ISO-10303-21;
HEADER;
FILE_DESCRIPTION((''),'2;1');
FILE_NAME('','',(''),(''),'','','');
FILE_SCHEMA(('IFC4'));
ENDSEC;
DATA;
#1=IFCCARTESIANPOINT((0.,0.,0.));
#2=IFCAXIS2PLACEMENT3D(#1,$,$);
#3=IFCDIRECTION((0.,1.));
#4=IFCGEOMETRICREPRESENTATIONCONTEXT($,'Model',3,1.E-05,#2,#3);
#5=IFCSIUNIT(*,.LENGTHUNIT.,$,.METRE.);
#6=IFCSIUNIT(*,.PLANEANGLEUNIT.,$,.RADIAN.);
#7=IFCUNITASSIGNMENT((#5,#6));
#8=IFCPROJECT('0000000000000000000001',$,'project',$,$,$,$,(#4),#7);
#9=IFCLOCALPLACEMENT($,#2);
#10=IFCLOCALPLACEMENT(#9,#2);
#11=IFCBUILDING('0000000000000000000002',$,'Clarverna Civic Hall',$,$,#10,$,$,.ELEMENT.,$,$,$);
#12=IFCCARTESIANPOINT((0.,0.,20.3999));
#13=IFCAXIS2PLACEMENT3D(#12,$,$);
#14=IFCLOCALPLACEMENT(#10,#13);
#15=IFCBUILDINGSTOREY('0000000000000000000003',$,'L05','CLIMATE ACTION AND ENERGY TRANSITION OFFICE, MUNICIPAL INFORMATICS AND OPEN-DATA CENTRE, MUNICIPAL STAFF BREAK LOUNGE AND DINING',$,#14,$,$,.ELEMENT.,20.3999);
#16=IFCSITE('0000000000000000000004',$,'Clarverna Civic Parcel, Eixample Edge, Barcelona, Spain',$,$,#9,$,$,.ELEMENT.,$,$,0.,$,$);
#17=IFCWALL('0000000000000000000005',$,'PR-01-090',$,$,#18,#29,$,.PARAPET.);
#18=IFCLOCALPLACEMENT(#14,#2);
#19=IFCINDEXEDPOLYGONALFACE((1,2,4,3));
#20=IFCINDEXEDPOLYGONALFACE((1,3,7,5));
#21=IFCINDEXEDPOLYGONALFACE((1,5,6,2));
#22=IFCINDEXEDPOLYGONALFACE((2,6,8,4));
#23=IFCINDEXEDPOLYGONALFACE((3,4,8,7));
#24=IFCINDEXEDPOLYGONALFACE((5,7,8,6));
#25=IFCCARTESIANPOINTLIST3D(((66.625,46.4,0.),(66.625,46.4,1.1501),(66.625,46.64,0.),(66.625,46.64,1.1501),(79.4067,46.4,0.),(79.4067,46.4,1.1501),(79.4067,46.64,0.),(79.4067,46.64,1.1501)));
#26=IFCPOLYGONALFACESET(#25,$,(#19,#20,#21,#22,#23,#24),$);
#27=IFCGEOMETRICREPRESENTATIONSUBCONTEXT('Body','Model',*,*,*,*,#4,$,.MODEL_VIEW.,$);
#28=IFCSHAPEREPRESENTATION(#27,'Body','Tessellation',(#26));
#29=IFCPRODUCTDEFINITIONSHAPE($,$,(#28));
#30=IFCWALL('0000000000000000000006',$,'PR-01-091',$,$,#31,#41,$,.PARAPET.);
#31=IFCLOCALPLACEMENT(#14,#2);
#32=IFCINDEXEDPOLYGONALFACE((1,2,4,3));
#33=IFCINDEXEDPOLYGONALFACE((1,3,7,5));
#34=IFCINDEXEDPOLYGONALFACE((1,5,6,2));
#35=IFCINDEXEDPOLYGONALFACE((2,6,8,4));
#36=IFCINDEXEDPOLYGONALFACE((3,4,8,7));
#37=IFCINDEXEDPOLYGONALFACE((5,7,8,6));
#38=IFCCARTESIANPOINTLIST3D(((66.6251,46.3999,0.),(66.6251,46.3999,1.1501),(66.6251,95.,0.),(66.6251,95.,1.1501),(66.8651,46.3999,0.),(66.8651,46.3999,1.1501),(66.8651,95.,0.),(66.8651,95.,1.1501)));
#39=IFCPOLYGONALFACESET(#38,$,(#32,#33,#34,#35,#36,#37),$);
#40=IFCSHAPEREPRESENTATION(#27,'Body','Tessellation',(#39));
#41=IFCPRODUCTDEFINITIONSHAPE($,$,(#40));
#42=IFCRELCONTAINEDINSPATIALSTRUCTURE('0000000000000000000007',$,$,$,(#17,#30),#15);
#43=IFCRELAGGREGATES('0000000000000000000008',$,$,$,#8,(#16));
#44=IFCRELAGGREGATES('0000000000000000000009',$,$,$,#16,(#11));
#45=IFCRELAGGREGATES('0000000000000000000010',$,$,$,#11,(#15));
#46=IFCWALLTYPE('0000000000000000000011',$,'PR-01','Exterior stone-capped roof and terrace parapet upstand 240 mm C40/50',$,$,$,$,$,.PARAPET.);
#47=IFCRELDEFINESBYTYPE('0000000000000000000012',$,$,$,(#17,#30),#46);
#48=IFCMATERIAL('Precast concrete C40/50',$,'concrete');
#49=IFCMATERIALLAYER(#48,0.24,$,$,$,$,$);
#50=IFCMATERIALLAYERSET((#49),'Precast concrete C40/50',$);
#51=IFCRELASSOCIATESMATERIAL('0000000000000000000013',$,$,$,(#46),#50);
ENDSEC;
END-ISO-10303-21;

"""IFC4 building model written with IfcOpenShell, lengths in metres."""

from ifc_helpers import new_model, si_unit, direction, frame, frame_2d, origin, place, context, subcontext, project, spatial, rectangle, extrude, material, layer, layer_set, type_object, element, save


model = new_model("IFC4")

# Units and contexts
model_context = context("Model", 3, precision=1e-05, world=origin(), true_north=direction((0.0, 1.0)))
body_context = subcontext(model_context, "Body", "Model", "MODEL_VIEW")
ifc_project = project(units=[si_unit("LENGTHUNIT", "METRE"), si_unit("PLANEANGLEUNIT", "RADIAN")], contexts=[model_context])

# Site, building, storey
site_placement = place(None, origin())
site = spatial("IfcSite", under=ifc_project, at=site_placement, Name="Clarverna Civic Parcel, Eixample Edge, Barcelona, Spain", CompositionType="ELEMENT", RefElevation=0.0)
building_placement = place(site_placement, origin())
building = spatial("IfcBuilding", under=site, at=building_placement, Name="Clarverna Civic Hall", CompositionType="ELEMENT")
storey_placement = place(building_placement, frame((0.0, 0.0, 20.3999)))
storey = spatial("IfcBuildingStorey", under=building, at=storey_placement, Name="L05", Description="CLIMATE ACTION AND ENERGY TRANSITION OFFICE, MUNICIPAL INFORMATICS AND OPEN-DATA CENTRE, MUNICIPAL STAFF BREAK LOUNGE AND DINING", CompositionType="ELEMENT", Elevation=20.3999)

# Shared definitions
ifc_material_1 = material(Name="Precast concrete C40/50", Category="concrete")

# Walls
ifc_layer_1 = layer(ifc_material_1, 0.24)
ifc_layer_set_1 = layer_set([ifc_layer_1], Name="Precast concrete C40/50")
wall_type_1 = type_object("IfcWallType", Name="PR-01", Description="Exterior stone-capped roof and terrace parapet upstand 240 mm C40/50", PredefinedType="PARAPET", material=ifc_layer_set_1)
wall_1_placement = place(storey_placement, frame((79.4067, 46.52, 0.0), z_axis=(0.0, 0.0, 1.0), x_axis=(-1.0, 0.0, 0.0)))
element("IfcWall", 1, at=wall_1_placement, inside=storey, type_object=wall_type_1, Name="PR-01-090", PredefinedType="PARAPET", context=body_context, shape_type="SweptSolid", body=[
    extrude(rectangle(XDim=12.7817, YDim=0.24, at=frame_2d((6.3909, 0.0))), origin(), (0.0, 0.0, 1.0), 1.1501),
])
wall_2_placement = place(storey_placement, frame((66.7451, 46.3999, 0.0), z_axis=(0.0, 0.0, 1.0), x_axis=(0.0, 1.0, 0.0)))
element("IfcWall", 2, at=wall_2_placement, inside=storey, type_object=wall_type_1, Name="PR-01-091", PredefinedType="PARAPET", context=body_context, shape_type="SweptSolid", body=[
    extrude(rectangle(XDim=48.6001, YDim=0.24, at=frame_2d((24.3, 0.0))), origin(), (0.0, 0.0, 1.0), 1.1501),
])

save(model, "model.ifc")
